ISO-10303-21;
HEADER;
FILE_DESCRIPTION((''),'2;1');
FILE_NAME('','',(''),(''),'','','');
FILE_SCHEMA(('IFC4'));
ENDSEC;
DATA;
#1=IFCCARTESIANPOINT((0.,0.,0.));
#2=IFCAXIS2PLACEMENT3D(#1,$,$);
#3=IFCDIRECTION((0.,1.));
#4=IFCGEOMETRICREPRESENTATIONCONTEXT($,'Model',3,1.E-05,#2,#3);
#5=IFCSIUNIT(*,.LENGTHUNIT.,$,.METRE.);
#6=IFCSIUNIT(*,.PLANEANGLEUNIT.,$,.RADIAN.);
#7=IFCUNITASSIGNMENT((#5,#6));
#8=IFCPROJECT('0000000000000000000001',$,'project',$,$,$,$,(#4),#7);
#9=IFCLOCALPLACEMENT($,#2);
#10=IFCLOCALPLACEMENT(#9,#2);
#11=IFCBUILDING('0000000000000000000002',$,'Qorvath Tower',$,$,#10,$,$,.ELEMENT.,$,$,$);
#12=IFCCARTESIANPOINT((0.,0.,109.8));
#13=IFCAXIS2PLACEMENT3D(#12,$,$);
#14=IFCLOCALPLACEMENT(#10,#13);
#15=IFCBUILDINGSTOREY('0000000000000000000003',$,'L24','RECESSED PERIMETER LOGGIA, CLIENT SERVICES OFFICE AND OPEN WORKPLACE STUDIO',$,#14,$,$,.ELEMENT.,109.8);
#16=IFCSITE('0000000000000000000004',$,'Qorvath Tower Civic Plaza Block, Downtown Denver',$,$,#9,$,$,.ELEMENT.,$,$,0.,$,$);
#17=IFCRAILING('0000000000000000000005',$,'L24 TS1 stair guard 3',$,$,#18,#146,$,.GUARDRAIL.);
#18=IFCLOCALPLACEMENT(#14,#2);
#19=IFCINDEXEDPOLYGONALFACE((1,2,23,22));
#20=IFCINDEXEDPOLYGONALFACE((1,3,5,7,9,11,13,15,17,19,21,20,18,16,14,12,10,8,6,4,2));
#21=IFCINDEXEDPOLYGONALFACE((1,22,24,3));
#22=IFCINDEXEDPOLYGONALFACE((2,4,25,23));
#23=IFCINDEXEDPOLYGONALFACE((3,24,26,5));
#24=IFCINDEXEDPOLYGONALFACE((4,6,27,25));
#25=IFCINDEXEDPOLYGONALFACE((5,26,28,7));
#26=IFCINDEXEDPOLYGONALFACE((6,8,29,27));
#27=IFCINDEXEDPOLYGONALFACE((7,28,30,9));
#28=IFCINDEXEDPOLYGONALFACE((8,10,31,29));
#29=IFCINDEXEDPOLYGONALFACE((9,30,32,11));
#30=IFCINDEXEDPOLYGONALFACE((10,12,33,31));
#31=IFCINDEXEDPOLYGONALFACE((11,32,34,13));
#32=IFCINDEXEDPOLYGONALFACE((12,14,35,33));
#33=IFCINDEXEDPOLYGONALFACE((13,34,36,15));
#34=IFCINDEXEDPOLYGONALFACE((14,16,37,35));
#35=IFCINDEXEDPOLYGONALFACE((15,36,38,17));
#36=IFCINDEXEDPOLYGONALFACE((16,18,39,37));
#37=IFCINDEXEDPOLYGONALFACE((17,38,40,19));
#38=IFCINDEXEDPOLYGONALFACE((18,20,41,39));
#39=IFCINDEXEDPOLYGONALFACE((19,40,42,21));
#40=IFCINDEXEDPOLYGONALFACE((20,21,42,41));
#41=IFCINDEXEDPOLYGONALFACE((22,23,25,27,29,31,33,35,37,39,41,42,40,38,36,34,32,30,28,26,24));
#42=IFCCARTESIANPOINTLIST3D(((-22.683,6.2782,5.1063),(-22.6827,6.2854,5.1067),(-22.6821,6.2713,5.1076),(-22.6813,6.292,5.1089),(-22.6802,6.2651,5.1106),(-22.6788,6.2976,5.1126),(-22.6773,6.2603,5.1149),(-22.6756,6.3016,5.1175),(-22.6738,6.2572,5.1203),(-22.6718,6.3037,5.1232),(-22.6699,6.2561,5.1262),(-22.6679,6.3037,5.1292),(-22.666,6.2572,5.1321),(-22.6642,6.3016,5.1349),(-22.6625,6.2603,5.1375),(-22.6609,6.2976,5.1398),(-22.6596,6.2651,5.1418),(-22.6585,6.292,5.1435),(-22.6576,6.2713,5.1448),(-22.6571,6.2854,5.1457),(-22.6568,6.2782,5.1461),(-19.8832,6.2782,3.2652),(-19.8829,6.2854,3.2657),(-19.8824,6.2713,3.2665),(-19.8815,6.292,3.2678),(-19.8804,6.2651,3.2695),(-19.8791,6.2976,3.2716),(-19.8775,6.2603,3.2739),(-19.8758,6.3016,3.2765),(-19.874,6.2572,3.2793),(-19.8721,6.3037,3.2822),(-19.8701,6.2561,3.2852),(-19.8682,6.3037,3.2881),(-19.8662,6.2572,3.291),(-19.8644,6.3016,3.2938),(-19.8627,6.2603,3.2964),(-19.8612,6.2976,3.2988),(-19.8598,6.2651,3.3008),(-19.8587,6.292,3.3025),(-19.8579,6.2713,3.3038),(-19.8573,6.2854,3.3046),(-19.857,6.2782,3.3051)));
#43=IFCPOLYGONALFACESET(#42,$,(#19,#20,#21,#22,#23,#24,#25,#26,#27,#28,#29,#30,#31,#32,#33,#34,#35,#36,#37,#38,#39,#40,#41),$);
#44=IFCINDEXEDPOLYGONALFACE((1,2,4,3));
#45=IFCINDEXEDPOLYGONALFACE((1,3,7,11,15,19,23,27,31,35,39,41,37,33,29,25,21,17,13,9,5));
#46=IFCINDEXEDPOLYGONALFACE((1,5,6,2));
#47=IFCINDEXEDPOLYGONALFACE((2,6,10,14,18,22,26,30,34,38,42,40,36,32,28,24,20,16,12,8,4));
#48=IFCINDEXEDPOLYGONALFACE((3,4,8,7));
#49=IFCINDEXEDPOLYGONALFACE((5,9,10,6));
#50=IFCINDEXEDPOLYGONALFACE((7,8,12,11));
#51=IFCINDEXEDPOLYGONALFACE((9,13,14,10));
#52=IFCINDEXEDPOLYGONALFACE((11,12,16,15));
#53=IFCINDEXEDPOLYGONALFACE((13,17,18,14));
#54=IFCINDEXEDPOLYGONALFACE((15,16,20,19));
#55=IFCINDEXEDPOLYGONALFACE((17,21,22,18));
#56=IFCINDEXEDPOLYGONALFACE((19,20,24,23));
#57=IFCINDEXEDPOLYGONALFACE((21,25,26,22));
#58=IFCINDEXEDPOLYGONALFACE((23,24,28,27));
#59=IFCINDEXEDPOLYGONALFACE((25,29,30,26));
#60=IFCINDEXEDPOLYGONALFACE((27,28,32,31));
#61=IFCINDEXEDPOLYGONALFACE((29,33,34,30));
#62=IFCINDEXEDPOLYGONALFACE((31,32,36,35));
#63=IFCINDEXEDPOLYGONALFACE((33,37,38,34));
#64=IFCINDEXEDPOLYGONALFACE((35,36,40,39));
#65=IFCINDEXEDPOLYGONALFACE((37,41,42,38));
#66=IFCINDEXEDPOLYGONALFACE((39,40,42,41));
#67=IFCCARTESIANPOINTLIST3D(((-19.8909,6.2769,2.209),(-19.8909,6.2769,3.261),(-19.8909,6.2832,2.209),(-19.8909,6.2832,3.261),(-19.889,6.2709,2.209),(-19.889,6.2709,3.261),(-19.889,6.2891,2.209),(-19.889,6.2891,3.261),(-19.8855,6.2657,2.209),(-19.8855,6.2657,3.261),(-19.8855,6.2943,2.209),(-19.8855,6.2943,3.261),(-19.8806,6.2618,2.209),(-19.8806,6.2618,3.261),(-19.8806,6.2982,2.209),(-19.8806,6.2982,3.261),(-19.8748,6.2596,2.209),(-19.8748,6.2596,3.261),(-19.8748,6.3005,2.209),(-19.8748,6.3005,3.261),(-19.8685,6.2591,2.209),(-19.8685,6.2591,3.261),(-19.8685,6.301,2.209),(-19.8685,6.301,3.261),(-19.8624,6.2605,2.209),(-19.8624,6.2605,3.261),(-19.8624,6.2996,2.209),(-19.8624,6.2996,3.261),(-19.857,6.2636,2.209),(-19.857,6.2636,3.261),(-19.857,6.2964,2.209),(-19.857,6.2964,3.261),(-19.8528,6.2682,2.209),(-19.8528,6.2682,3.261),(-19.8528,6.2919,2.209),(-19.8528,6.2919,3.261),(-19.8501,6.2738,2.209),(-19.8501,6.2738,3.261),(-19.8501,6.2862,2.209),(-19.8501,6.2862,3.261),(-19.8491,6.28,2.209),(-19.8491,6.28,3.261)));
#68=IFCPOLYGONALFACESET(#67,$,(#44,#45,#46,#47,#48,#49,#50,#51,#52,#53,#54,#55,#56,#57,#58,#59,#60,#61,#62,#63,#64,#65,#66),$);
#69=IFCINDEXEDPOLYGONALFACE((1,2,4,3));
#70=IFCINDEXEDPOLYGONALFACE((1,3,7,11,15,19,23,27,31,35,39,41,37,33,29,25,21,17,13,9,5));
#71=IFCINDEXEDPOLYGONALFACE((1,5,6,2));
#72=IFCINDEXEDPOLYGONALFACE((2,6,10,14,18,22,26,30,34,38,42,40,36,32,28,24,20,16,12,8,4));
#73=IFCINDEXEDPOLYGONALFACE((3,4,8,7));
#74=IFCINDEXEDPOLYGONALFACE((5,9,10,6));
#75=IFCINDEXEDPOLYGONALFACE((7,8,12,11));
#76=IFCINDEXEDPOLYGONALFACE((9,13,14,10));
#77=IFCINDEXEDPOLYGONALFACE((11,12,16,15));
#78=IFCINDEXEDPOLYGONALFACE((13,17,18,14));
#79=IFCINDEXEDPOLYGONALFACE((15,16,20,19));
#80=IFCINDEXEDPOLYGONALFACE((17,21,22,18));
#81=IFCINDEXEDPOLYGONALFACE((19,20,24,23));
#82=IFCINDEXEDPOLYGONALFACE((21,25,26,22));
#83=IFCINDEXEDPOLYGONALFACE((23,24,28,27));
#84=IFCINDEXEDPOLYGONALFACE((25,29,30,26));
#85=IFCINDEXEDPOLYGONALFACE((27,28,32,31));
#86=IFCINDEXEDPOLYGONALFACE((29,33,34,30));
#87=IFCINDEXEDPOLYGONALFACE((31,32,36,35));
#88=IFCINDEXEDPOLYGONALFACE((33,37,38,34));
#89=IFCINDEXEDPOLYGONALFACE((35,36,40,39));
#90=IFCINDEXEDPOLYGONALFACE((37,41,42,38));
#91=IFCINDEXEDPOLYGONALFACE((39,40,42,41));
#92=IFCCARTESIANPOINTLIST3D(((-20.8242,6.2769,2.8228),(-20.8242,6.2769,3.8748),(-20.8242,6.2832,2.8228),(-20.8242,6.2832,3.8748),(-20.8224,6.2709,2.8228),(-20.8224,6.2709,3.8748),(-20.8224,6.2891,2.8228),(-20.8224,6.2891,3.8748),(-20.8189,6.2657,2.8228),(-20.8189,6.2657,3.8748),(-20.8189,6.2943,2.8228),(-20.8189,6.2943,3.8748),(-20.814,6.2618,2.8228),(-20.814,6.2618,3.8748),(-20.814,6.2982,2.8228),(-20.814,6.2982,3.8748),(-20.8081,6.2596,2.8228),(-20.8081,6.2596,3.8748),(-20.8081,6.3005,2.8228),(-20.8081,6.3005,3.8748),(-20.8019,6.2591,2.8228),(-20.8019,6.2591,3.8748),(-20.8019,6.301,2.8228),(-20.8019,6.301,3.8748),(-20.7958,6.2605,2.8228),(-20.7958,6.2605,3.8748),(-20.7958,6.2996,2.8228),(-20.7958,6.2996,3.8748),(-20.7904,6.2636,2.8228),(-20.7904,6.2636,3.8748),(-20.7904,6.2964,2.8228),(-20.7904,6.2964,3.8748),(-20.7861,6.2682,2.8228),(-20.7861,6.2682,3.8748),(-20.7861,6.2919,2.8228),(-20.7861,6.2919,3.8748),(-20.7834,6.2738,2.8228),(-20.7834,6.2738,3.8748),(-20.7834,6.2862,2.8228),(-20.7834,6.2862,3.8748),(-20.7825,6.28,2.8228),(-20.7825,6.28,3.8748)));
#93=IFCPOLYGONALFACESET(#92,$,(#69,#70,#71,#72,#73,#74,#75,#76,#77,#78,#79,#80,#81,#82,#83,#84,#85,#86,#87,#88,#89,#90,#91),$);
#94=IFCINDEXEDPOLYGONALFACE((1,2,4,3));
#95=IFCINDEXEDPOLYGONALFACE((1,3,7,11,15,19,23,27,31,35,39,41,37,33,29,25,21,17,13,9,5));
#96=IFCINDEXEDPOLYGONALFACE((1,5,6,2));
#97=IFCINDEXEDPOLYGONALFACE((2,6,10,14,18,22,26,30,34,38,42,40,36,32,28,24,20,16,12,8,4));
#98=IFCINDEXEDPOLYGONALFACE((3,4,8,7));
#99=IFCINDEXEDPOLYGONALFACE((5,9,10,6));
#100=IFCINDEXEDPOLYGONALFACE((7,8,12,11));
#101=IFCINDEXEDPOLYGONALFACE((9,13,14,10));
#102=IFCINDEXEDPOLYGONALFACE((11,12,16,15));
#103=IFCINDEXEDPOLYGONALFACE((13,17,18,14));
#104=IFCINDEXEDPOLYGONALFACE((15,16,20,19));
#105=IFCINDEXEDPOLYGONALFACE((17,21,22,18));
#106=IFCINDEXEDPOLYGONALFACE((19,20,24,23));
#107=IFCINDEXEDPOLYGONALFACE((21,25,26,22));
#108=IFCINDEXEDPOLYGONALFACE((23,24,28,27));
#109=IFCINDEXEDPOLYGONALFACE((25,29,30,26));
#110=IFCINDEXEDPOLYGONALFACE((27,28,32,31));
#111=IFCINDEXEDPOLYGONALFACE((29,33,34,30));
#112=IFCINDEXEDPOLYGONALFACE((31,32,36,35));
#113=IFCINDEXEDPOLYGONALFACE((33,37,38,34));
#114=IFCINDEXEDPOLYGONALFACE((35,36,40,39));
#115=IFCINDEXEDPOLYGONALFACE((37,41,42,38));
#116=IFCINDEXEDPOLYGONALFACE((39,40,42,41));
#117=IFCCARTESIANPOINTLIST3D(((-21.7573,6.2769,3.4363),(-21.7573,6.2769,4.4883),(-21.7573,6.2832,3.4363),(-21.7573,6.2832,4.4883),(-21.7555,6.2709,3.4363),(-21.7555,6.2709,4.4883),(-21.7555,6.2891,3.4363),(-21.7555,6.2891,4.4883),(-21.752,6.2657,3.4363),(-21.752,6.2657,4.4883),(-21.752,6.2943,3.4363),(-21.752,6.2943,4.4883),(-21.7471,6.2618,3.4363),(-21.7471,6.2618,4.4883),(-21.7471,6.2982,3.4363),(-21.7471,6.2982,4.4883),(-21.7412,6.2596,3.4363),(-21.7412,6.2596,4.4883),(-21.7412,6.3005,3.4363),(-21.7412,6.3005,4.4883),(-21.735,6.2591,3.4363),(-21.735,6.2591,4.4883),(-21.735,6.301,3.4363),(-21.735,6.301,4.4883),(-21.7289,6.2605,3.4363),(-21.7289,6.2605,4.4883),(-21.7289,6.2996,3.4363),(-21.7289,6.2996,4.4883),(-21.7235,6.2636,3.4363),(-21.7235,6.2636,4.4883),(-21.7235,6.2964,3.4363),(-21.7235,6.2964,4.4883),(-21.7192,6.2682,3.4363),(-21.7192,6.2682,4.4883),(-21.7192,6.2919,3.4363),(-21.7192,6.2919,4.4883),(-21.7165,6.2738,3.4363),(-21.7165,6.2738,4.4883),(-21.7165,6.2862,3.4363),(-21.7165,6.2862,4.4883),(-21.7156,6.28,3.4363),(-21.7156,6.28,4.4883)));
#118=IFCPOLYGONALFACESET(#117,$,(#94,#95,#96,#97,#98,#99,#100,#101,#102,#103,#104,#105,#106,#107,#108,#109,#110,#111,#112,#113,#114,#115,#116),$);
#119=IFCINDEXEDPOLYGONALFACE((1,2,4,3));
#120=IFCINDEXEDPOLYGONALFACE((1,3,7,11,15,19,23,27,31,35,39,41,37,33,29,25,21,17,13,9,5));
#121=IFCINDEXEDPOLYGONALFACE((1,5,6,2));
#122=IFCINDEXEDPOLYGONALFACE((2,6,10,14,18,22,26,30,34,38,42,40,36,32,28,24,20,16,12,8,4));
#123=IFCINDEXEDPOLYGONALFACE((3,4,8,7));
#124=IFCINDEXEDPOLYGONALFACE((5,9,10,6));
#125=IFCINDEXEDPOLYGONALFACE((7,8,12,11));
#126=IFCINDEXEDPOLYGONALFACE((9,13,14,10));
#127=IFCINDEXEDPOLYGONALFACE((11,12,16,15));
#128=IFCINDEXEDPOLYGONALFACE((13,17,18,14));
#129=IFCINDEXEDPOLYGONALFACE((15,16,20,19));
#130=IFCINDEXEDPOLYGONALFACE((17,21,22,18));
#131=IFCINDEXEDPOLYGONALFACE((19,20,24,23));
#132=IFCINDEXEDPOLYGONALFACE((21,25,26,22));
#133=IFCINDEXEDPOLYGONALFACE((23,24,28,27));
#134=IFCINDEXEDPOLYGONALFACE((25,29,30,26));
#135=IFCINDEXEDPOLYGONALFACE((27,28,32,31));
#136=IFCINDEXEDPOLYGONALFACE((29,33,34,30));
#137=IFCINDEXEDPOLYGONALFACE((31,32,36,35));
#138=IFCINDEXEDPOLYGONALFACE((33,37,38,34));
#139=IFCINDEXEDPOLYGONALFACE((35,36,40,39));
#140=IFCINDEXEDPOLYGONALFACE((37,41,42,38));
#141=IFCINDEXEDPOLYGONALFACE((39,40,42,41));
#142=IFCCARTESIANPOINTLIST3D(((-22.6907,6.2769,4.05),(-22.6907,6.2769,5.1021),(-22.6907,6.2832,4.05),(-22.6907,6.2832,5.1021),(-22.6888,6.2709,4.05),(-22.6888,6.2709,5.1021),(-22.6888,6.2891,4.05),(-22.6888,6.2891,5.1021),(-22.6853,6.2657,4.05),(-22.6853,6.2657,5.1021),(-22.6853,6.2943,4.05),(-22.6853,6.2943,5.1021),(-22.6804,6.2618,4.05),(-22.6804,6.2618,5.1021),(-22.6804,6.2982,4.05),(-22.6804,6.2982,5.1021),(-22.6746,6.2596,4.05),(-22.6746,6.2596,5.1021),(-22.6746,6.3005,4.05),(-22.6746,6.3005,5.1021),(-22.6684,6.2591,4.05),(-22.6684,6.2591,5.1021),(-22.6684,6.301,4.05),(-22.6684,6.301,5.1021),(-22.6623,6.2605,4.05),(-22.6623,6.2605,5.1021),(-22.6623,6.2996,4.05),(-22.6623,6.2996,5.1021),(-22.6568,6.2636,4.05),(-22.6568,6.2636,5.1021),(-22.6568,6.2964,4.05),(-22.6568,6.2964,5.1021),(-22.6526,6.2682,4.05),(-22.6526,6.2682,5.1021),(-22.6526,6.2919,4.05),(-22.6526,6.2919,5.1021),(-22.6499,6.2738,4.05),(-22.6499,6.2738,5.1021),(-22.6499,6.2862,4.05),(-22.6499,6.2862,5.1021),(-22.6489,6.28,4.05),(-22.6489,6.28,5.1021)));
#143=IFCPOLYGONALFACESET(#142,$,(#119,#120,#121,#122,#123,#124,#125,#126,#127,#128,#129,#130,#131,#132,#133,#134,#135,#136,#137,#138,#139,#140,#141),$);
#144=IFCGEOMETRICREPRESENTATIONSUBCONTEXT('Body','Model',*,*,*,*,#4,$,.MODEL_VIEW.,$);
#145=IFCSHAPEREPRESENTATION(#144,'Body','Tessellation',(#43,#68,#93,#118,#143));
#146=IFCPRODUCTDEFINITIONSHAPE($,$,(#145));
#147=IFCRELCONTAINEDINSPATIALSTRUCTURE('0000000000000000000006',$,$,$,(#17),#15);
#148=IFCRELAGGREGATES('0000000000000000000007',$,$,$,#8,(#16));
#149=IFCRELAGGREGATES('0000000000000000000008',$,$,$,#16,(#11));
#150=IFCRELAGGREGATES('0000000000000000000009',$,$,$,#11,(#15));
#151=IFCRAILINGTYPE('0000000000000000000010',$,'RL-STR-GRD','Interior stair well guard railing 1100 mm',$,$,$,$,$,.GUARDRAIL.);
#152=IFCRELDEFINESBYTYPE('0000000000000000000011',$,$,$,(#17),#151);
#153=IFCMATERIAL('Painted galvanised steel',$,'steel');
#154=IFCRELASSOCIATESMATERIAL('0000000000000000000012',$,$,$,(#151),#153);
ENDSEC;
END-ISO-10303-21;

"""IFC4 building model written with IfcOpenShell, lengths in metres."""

from ifc_helpers import new_model, si_unit, direction, frame, origin, origin_2d, place, context, subcontext, project, spatial, circle, extrude, material, type_object, element, save


model = new_model("IFC4")

# Units and contexts
model_context = context("Model", 3, precision=1e-05, world=origin(), true_north=direction((0.0, 1.0)))
body_context = subcontext(model_context, "Body", "Model", "MODEL_VIEW")
ifc_project = project(units=[si_unit("LENGTHUNIT", "METRE"), si_unit("PLANEANGLEUNIT", "RADIAN")], contexts=[model_context])

# Site, building, storey
site_placement = place(None, origin())
site = spatial("IfcSite", under=ifc_project, at=site_placement, Name="Qorvath Tower Civic Plaza Block, Downtown Denver", CompositionType="ELEMENT", RefElevation=0.0)
building_placement = place(site_placement, origin())
building = spatial("IfcBuilding", under=site, at=building_placement, Name="Qorvath Tower", CompositionType="ELEMENT")
storey_placement = place(building_placement, frame((0.0, 0.0, 109.8)))
storey = spatial("IfcBuildingStorey", under=building, at=storey_placement, Name="L24", Description="RECESSED PERIMETER LOGGIA, CLIENT SERVICES OFFICE AND OPEN WORKPLACE STUDIO", CompositionType="ELEMENT", Elevation=109.8)

# Railing
ifc_material_1 = material(Name="Painted galvanised steel", Category="steel")
railing_type_1 = type_object("IfcRailingType", Name="RL-STR-GRD", Description="Interior stair well guard railing 1100 mm", PredefinedType="GUARDRAIL", material=ifc_material_1)
railing_1_placement = place(storey_placement, frame((-19.8701, 6.28, 2.209)))
element("IfcRailing", 1, at=railing_1_placement, inside=storey, type_object=railing_type_1, Name="L24 TS1 stair guard 3", PredefinedType="GUARDRAIL", context=body_context, shape_type="SweptSolid", body=[
    extrude(circle(Radius=0.0239, at=origin_2d()), frame((0.0, 0.0, 1.0762), z_axis=(-0.835542, 0.0, 0.549426), x_axis=(0.0, -1.0, 0.0)), (0.0, 0.0, 1.0), 3.3508),
    extrude(circle(Radius=0.021, at=origin_2d()), origin(), (0.0, 0.0, 1.0), 1.052),
    extrude(circle(Radius=0.021, at=origin_2d()), frame((-0.9333, 0.0, 0.6138)), (0.0, 0.0, 1.0), 1.052),
    extrude(circle(Radius=0.021, at=origin_2d()), frame((-1.8665, 0.0, 1.2273)), (0.0, 0.0, 1.0), 1.052),
    extrude(circle(Radius=0.021, at=origin_2d()), frame((-2.7998, 0.0, 1.8411)), (0.0, 0.0, 1.0), 1.052),
])

save(model, "model.ifc")
